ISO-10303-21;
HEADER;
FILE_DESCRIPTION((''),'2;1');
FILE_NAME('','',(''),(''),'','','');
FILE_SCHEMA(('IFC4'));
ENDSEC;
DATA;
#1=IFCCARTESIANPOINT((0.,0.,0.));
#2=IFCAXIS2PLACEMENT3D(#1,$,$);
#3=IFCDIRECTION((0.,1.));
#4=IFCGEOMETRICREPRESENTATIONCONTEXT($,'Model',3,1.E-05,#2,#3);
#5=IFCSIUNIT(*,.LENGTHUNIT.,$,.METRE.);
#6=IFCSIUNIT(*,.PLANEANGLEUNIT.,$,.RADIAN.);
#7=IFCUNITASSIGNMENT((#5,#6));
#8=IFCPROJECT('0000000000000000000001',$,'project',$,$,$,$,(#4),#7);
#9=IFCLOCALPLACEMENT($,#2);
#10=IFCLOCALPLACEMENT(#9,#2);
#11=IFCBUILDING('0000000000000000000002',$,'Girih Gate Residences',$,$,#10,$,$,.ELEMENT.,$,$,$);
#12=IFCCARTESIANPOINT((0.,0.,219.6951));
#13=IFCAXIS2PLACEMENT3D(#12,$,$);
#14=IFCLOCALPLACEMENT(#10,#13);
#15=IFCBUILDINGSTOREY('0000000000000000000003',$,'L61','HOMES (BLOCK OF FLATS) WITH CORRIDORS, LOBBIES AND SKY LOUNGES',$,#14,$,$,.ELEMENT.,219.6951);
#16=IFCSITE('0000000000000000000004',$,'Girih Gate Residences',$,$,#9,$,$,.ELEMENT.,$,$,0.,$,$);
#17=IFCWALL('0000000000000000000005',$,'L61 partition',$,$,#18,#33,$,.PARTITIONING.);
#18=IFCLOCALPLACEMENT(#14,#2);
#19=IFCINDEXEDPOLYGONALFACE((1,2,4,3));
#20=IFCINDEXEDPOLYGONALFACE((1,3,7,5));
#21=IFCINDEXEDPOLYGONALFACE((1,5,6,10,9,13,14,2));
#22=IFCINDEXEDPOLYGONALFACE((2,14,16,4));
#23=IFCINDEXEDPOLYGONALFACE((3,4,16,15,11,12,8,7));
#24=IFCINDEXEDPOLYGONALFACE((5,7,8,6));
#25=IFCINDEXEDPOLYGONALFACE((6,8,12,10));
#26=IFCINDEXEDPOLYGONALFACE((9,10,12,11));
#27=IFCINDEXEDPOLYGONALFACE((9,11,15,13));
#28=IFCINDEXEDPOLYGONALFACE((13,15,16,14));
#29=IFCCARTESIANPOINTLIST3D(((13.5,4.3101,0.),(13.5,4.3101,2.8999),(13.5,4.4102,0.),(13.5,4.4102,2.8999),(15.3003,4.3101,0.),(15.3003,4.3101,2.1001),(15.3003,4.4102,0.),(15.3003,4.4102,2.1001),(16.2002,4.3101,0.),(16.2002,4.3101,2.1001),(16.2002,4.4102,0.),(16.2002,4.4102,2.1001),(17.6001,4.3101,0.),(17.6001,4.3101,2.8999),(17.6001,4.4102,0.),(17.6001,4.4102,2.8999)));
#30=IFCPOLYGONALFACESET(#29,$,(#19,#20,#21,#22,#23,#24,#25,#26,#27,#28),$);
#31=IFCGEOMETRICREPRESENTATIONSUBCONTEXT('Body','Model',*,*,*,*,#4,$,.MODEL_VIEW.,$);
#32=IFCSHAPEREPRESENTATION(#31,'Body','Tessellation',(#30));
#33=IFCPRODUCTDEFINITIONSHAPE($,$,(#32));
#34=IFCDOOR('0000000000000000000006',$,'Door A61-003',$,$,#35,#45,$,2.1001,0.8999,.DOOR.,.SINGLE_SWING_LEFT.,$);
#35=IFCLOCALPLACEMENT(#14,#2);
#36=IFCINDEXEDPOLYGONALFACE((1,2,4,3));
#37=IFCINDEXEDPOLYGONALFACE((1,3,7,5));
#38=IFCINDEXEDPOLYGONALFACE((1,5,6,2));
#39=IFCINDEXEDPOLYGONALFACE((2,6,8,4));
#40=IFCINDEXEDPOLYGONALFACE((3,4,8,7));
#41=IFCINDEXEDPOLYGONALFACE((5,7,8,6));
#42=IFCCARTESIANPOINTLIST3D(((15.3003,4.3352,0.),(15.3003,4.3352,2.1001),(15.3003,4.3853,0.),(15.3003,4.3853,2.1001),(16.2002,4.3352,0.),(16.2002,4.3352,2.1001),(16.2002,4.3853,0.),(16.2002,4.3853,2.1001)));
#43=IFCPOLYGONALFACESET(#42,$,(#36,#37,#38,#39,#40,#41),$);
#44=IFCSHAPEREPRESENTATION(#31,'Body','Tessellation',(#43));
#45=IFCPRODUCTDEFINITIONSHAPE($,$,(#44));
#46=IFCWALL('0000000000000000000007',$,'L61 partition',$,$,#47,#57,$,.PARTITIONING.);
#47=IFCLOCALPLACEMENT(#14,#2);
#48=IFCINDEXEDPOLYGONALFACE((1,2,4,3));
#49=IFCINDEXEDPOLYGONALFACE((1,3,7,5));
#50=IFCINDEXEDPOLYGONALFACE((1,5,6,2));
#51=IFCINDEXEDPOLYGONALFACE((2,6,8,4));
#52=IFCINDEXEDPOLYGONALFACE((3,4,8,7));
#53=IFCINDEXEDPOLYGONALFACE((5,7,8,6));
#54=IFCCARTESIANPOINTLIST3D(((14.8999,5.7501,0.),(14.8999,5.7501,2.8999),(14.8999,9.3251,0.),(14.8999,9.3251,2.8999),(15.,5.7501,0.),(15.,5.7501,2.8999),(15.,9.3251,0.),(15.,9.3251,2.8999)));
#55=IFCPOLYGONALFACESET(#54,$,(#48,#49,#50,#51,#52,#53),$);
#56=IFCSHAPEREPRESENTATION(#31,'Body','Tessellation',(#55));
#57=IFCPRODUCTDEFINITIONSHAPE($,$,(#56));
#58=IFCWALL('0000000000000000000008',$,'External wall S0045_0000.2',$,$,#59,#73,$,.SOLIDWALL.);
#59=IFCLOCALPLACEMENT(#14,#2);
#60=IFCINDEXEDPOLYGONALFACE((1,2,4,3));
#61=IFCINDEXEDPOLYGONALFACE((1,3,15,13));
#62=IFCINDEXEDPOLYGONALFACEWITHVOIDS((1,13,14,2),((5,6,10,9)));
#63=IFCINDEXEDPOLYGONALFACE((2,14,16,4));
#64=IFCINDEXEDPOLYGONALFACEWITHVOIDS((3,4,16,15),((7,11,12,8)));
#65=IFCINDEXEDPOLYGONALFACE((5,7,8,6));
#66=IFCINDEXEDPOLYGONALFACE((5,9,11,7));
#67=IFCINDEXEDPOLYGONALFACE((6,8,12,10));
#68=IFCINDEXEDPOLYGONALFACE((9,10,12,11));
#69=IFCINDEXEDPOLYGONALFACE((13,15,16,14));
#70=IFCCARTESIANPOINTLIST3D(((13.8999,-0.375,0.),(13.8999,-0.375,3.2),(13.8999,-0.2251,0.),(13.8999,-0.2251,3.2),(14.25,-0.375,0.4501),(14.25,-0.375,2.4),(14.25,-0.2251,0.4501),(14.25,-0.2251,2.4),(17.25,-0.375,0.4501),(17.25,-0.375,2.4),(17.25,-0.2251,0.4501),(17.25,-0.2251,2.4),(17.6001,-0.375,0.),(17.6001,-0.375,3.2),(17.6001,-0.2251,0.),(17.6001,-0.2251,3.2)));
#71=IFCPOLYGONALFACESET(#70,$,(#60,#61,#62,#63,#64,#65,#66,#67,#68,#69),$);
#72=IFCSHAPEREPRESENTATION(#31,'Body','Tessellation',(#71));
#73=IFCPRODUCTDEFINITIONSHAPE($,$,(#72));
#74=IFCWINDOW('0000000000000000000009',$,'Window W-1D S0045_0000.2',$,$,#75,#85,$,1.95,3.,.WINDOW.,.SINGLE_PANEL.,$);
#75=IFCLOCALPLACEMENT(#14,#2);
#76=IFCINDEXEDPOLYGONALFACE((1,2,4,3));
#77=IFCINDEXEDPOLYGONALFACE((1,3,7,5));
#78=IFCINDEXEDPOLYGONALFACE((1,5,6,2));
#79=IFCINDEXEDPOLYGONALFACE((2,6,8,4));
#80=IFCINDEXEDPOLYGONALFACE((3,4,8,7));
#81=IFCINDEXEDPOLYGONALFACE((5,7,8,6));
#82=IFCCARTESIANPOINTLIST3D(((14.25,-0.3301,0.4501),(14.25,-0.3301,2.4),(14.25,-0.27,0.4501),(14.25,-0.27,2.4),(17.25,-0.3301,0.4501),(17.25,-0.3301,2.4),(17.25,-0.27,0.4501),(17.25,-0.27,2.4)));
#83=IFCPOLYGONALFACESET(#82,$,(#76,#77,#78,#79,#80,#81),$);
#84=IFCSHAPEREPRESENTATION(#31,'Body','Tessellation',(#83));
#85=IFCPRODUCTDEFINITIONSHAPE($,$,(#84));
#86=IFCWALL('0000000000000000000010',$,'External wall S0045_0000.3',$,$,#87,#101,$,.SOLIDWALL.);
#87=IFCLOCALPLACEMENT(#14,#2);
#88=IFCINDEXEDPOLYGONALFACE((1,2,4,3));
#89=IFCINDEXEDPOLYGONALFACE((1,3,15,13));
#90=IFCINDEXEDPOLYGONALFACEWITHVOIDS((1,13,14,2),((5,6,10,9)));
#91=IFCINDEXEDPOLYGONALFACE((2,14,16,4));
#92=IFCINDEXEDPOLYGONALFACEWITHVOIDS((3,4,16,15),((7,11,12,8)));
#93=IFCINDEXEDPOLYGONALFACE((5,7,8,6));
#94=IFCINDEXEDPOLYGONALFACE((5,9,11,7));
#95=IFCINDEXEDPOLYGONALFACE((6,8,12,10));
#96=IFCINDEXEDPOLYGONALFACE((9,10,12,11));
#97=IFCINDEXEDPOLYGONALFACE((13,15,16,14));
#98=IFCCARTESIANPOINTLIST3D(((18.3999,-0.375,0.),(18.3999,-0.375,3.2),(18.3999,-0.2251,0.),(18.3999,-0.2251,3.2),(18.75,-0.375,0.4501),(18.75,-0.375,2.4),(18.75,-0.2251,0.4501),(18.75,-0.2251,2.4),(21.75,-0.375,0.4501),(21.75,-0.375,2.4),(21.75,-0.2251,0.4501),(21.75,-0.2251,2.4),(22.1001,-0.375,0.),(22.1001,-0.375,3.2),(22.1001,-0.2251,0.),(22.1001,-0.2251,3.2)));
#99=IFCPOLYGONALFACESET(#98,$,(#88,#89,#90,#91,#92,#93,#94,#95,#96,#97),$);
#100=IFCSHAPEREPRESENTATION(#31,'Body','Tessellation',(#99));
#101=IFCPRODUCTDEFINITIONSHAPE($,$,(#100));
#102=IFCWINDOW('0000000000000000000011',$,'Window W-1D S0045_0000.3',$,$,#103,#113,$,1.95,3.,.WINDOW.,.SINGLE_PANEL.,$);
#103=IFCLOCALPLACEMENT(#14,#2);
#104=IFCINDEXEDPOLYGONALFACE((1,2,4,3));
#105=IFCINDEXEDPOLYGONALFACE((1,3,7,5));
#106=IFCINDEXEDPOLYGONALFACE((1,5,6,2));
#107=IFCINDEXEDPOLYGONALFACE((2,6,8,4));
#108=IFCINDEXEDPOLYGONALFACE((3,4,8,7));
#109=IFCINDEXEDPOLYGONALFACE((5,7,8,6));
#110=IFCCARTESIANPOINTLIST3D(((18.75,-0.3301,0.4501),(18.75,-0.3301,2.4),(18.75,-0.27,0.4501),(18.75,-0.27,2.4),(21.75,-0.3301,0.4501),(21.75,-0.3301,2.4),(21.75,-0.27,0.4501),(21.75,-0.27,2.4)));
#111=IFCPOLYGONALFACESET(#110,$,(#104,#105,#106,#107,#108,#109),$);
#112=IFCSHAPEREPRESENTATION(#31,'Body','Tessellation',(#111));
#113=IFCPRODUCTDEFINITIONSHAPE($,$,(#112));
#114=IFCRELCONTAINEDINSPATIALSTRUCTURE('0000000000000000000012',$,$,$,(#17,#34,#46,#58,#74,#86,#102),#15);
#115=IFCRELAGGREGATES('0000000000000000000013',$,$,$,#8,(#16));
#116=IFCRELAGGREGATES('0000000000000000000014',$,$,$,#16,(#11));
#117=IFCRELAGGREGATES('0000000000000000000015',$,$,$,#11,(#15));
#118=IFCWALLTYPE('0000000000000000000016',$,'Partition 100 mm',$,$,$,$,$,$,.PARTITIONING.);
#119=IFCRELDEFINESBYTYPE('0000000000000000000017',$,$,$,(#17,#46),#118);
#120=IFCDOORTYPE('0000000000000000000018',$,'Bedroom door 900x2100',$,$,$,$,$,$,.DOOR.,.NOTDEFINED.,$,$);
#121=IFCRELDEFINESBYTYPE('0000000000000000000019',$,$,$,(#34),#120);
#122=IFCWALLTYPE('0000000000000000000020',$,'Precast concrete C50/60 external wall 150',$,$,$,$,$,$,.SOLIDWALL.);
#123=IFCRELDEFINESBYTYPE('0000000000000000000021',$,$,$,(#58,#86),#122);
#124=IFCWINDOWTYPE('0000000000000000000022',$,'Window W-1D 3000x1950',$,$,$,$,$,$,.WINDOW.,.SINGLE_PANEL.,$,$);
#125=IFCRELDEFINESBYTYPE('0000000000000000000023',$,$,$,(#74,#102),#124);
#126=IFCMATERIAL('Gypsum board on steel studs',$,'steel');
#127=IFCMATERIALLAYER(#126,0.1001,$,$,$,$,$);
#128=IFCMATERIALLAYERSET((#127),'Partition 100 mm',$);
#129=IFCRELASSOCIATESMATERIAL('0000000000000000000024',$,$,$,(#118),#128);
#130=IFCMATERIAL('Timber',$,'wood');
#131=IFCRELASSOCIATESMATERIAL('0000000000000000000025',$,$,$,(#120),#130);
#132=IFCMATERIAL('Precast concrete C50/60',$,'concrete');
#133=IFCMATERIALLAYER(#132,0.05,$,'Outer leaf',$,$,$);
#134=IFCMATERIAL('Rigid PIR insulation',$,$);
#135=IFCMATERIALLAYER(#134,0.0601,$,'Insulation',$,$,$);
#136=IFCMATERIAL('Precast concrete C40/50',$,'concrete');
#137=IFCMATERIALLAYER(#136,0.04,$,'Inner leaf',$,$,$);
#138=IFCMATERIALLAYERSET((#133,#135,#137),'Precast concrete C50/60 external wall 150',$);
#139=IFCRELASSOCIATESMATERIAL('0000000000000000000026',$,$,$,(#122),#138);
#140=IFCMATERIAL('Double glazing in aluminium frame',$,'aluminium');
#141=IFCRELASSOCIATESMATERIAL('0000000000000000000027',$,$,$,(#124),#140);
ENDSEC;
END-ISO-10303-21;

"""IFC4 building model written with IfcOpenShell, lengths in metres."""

from ifc_helpers import new_model, si_unit, direction, frame, frame_2d, origin, place, context, subcontext, project, spatial, rectangle, extrude, material, layer, layer_set, type_object, element, fill, save


model = new_model("IFC4")

# Units and contexts
model_context = context("Model", 3, precision=1e-05, world=origin(), true_north=direction((0.0, 1.0)))
body_context = subcontext(model_context, "Body", "Model", "MODEL_VIEW")
ifc_project = project(units=[si_unit("LENGTHUNIT", "METRE"), si_unit("PLANEANGLEUNIT", "RADIAN")], contexts=[model_context])

# Site, building, storey
site_placement = place(None, origin())
site = spatial("IfcSite", under=ifc_project, at=site_placement, Name="Girih Gate Residences", CompositionType="ELEMENT", RefElevation=0.0)
building_placement = place(site_placement, origin())
building = spatial("IfcBuilding", under=site, at=building_placement, Name="Girih Gate Residences", CompositionType="ELEMENT")
storey_placement = place(building_placement, frame((0.0, 0.0, 219.6951)))
storey = spatial("IfcBuildingStorey", under=building, at=storey_placement, Name="L61", Description="HOMES (BLOCK OF FLATS) WITH CORRIDORS, LOBBIES AND SKY LOUNGES", CompositionType="ELEMENT", Elevation=219.6951)

# Shared definitions
ifc_material_1 = material(Name="Gypsum board on steel studs", Category="steel")

# Shared definitions
ifc_layer_1 = layer(ifc_material_1, 0.1001)
ifc_layer_set_1 = layer_set([ifc_layer_1], Name="Partition 100 mm")
wall_type_1 = type_object("IfcWallType", Name="Partition 100 mm", PredefinedType="PARTITIONING", material=ifc_layer_set_1)

# Wall, opening, door
ifc_material_2 = material(Name="Timber", Category="wood")
door_type_1 = type_object("IfcDoorType", Name="Bedroom door 900x2100", OperationType="NOTDEFINED", PredefinedType="DOOR", material=ifc_material_2)
wall_1_placement = place(storey_placement, frame((17.6001, 4.3601, 0.0), z_axis=(0.0, 0.0, 1.0), x_axis=(-1.0, 0.0, 0.0)))
wall_1 = element("IfcWall", 1, at=wall_1_placement, inside=storey, type_object=wall_type_1, Name="L61 partition", PredefinedType="PARTITIONING", context=body_context, shape_type="SweptSolid", body=[
    extrude(rectangle(XDim=4.1001, YDim=0.1001, at=frame_2d((2.05, 0.0))), origin(), (0.0, 0.0, 1.0), 2.8999),
])
opening_1_placement = place(wall_1_placement, frame((1.3999, 0.0, 0.0)))
opening_1 = element("IfcOpeningElement", 2, at=opening_1_placement, cuts=wall_1, PredefinedType="OPENING", context=body_context, shape_type="SweptSolid", body=[
    extrude(rectangle(XDim=0.8999, YDim=2.1001, at=frame_2d((0.45, 1.05))), frame((0.0, 0.0601, 0.0), z_axis=(0.0, -1.0, 0.0), x_axis=(1.0, 0.0, 0.0)), (0.0, 0.0, 1.0), 0.1201),
])
door_1_placement = place(opening_1_placement, origin())
door_1 = element("IfcDoor", 3, at=door_1_placement, inside=storey, type_object=door_type_1, Name="Door A61-003", OperationType="SINGLE_SWING_LEFT", OverallHeight=2.1001, OverallWidth=0.8999, PredefinedType="DOOR", context=body_context, shape_type="SweptSolid", body=[
    extrude(rectangle(XDim=0.8999, YDim=2.1001, at=frame_2d((0.45, 1.05))), frame((0.0, 0.0249, 0.0), z_axis=(0.0, -1.0, 0.0), x_axis=(1.0, 0.0, 0.0)), (0.0, 0.0, 1.0), 0.05),
])
fill(opening_1, door_1)

# Wall
wall_2_placement = place(storey_placement, frame((14.95, 5.75, 0.0), z_axis=(0.0, 0.0, 1.0), x_axis=(0.0, 1.0, 0.0)))
element("IfcWall", 4, at=wall_2_placement, inside=storey, type_object=wall_type_1, Name="L61 partition", PredefinedType="PARTITIONING", context=body_context, shape_type="SweptSolid", body=[
    extrude(rectangle(XDim=3.575, YDim=0.1001, at=frame_2d((1.7876, 0.0))), origin(), (0.0, 0.0, 1.0), 2.8999),
])

# Walls, openings, windows
ifc_material_3 = material(Name="Precast concrete C50/60", Category="concrete")
ifc_layer_2 = layer(ifc_material_3, 0.05, Name="Outer leaf")
ifc_material_4 = material(Name="Rigid PIR insulation")
ifc_layer_3 = layer(ifc_material_4, 0.0601, Name="Insulation")
ifc_material_5 = material(Name="Precast concrete C40/50", Category="concrete")
ifc_layer_4 = layer(ifc_material_5, 0.04, Name="Inner leaf")
ifc_layer_set_2 = layer_set([ifc_layer_2, ifc_layer_3, ifc_layer_4], Name="Precast concrete C50/60 external wall 150")
wall_type_2 = type_object("IfcWallType", Name="Precast concrete C50/60 external wall 150", PredefinedType="SOLIDWALL", material=ifc_layer_set_2)
wall_3_placement = place(storey_placement, frame((17.6001, -0.3, 0.0), z_axis=(0.0, 0.0, 1.0), x_axis=(-1.0, 0.0, 0.0)))
wall_3 = element("IfcWall", 5, at=wall_3_placement, inside=storey, type_object=wall_type_2, Name="External wall S0045_0000.2", PredefinedType="SOLIDWALL", context=body_context, shape_type="SweptSolid", body=[
    extrude(rectangle(XDim=3.7002, YDim=0.1499, at=frame_2d((1.8501, 0.0))), origin(), (0.0, 0.0, 1.0), 3.2),
])
opening_2_placement = place(wall_3_placement, frame((0.3501, 0.0, 0.45)))
opening_2 = element("IfcOpeningElement", 6, at=opening_2_placement, cuts=wall_3, PredefinedType="OPENING", context=body_context, shape_type="SweptSolid", body=[
    extrude(rectangle(XDim=3.0, YDim=1.95, at=frame_2d((1.5, 0.9751))), frame((0.0, 0.085, 0.0), z_axis=(0.0, -1.0, 0.0), x_axis=(1.0, 0.0, 0.0)), (0.0, 0.0, 1.0), 0.1699),
])
ifc_material_6 = material(Name="Double glazing in aluminium frame", Category="aluminium")
window_type = type_object("IfcWindowType", Name="Window W-1D 3000x1950", PartitioningType="SINGLE_PANEL", PredefinedType="WINDOW", material=ifc_material_6)
window_1_placement = place(opening_2_placement, origin())
window_1 = element("IfcWindow", 7, at=window_1_placement, inside=storey, type_object=window_type, Name="Window W-1D S0045_0000.2", OverallHeight=1.95, OverallWidth=3.0, PartitioningType="SINGLE_PANEL", PredefinedType="WINDOW", context=body_context, shape_type="SweptSolid", body=[
    extrude(rectangle(XDim=3.0, YDim=1.95, at=frame_2d((1.5, 0.9751))), frame((0.0, 0.03, 0.0), z_axis=(0.0, -1.0, 0.0), x_axis=(1.0, 0.0, 0.0)), (0.0, 0.0, 1.0), 0.0601),
])
fill(opening_2, window_1)
wall_4_placement = place(storey_placement, frame((22.1001, -0.3, 0.0), z_axis=(0.0, 0.0, 1.0), x_axis=(-1.0, 0.0, 0.0)))
wall_4 = element("IfcWall", 8, at=wall_4_placement, inside=storey, type_object=wall_type_2, Name="External wall S0045_0000.3", PredefinedType="SOLIDWALL", context=body_context, shape_type="SweptSolid", body=[
    extrude(rectangle(XDim=3.7002, YDim=0.1499, at=frame_2d((1.8501, 0.0))), origin(), (0.0, 0.0, 1.0), 3.2),
])
opening_3_placement = place(wall_4_placement, frame((0.3501, 0.0, 0.45)))
opening_3 = element("IfcOpeningElement", 9, at=opening_3_placement, cuts=wall_4, PredefinedType="OPENING", context=body_context, shape_type="SweptSolid", body=[
    extrude(rectangle(XDim=3.0, YDim=1.95, at=frame_2d((1.5, 0.9751))), frame((0.0, 0.085, 0.0), z_axis=(0.0, -1.0, 0.0), x_axis=(1.0, 0.0, 0.0)), (0.0, 0.0, 1.0), 0.1699),
])
window_2_placement = place(opening_3_placement, origin())
window_2 = element("IfcWindow", 10, at=window_2_placement, inside=storey, type_object=window_type, Name="Window W-1D S0045_0000.3", OverallHeight=1.95, OverallWidth=3.0, PartitioningType="SINGLE_PANEL", PredefinedType="WINDOW", context=body_context, shape_type="SweptSolid", body=[
    extrude(rectangle(XDim=3.0, YDim=1.95, at=frame_2d((1.5, 0.9751))), frame((0.0, 0.03, 0.0), z_axis=(0.0, -1.0, 0.0), x_axis=(1.0, 0.0, 0.0)), (0.0, 0.0, 1.0), 0.0601),
])
fill(opening_3, window_2)

save(model, "model.ifc")
